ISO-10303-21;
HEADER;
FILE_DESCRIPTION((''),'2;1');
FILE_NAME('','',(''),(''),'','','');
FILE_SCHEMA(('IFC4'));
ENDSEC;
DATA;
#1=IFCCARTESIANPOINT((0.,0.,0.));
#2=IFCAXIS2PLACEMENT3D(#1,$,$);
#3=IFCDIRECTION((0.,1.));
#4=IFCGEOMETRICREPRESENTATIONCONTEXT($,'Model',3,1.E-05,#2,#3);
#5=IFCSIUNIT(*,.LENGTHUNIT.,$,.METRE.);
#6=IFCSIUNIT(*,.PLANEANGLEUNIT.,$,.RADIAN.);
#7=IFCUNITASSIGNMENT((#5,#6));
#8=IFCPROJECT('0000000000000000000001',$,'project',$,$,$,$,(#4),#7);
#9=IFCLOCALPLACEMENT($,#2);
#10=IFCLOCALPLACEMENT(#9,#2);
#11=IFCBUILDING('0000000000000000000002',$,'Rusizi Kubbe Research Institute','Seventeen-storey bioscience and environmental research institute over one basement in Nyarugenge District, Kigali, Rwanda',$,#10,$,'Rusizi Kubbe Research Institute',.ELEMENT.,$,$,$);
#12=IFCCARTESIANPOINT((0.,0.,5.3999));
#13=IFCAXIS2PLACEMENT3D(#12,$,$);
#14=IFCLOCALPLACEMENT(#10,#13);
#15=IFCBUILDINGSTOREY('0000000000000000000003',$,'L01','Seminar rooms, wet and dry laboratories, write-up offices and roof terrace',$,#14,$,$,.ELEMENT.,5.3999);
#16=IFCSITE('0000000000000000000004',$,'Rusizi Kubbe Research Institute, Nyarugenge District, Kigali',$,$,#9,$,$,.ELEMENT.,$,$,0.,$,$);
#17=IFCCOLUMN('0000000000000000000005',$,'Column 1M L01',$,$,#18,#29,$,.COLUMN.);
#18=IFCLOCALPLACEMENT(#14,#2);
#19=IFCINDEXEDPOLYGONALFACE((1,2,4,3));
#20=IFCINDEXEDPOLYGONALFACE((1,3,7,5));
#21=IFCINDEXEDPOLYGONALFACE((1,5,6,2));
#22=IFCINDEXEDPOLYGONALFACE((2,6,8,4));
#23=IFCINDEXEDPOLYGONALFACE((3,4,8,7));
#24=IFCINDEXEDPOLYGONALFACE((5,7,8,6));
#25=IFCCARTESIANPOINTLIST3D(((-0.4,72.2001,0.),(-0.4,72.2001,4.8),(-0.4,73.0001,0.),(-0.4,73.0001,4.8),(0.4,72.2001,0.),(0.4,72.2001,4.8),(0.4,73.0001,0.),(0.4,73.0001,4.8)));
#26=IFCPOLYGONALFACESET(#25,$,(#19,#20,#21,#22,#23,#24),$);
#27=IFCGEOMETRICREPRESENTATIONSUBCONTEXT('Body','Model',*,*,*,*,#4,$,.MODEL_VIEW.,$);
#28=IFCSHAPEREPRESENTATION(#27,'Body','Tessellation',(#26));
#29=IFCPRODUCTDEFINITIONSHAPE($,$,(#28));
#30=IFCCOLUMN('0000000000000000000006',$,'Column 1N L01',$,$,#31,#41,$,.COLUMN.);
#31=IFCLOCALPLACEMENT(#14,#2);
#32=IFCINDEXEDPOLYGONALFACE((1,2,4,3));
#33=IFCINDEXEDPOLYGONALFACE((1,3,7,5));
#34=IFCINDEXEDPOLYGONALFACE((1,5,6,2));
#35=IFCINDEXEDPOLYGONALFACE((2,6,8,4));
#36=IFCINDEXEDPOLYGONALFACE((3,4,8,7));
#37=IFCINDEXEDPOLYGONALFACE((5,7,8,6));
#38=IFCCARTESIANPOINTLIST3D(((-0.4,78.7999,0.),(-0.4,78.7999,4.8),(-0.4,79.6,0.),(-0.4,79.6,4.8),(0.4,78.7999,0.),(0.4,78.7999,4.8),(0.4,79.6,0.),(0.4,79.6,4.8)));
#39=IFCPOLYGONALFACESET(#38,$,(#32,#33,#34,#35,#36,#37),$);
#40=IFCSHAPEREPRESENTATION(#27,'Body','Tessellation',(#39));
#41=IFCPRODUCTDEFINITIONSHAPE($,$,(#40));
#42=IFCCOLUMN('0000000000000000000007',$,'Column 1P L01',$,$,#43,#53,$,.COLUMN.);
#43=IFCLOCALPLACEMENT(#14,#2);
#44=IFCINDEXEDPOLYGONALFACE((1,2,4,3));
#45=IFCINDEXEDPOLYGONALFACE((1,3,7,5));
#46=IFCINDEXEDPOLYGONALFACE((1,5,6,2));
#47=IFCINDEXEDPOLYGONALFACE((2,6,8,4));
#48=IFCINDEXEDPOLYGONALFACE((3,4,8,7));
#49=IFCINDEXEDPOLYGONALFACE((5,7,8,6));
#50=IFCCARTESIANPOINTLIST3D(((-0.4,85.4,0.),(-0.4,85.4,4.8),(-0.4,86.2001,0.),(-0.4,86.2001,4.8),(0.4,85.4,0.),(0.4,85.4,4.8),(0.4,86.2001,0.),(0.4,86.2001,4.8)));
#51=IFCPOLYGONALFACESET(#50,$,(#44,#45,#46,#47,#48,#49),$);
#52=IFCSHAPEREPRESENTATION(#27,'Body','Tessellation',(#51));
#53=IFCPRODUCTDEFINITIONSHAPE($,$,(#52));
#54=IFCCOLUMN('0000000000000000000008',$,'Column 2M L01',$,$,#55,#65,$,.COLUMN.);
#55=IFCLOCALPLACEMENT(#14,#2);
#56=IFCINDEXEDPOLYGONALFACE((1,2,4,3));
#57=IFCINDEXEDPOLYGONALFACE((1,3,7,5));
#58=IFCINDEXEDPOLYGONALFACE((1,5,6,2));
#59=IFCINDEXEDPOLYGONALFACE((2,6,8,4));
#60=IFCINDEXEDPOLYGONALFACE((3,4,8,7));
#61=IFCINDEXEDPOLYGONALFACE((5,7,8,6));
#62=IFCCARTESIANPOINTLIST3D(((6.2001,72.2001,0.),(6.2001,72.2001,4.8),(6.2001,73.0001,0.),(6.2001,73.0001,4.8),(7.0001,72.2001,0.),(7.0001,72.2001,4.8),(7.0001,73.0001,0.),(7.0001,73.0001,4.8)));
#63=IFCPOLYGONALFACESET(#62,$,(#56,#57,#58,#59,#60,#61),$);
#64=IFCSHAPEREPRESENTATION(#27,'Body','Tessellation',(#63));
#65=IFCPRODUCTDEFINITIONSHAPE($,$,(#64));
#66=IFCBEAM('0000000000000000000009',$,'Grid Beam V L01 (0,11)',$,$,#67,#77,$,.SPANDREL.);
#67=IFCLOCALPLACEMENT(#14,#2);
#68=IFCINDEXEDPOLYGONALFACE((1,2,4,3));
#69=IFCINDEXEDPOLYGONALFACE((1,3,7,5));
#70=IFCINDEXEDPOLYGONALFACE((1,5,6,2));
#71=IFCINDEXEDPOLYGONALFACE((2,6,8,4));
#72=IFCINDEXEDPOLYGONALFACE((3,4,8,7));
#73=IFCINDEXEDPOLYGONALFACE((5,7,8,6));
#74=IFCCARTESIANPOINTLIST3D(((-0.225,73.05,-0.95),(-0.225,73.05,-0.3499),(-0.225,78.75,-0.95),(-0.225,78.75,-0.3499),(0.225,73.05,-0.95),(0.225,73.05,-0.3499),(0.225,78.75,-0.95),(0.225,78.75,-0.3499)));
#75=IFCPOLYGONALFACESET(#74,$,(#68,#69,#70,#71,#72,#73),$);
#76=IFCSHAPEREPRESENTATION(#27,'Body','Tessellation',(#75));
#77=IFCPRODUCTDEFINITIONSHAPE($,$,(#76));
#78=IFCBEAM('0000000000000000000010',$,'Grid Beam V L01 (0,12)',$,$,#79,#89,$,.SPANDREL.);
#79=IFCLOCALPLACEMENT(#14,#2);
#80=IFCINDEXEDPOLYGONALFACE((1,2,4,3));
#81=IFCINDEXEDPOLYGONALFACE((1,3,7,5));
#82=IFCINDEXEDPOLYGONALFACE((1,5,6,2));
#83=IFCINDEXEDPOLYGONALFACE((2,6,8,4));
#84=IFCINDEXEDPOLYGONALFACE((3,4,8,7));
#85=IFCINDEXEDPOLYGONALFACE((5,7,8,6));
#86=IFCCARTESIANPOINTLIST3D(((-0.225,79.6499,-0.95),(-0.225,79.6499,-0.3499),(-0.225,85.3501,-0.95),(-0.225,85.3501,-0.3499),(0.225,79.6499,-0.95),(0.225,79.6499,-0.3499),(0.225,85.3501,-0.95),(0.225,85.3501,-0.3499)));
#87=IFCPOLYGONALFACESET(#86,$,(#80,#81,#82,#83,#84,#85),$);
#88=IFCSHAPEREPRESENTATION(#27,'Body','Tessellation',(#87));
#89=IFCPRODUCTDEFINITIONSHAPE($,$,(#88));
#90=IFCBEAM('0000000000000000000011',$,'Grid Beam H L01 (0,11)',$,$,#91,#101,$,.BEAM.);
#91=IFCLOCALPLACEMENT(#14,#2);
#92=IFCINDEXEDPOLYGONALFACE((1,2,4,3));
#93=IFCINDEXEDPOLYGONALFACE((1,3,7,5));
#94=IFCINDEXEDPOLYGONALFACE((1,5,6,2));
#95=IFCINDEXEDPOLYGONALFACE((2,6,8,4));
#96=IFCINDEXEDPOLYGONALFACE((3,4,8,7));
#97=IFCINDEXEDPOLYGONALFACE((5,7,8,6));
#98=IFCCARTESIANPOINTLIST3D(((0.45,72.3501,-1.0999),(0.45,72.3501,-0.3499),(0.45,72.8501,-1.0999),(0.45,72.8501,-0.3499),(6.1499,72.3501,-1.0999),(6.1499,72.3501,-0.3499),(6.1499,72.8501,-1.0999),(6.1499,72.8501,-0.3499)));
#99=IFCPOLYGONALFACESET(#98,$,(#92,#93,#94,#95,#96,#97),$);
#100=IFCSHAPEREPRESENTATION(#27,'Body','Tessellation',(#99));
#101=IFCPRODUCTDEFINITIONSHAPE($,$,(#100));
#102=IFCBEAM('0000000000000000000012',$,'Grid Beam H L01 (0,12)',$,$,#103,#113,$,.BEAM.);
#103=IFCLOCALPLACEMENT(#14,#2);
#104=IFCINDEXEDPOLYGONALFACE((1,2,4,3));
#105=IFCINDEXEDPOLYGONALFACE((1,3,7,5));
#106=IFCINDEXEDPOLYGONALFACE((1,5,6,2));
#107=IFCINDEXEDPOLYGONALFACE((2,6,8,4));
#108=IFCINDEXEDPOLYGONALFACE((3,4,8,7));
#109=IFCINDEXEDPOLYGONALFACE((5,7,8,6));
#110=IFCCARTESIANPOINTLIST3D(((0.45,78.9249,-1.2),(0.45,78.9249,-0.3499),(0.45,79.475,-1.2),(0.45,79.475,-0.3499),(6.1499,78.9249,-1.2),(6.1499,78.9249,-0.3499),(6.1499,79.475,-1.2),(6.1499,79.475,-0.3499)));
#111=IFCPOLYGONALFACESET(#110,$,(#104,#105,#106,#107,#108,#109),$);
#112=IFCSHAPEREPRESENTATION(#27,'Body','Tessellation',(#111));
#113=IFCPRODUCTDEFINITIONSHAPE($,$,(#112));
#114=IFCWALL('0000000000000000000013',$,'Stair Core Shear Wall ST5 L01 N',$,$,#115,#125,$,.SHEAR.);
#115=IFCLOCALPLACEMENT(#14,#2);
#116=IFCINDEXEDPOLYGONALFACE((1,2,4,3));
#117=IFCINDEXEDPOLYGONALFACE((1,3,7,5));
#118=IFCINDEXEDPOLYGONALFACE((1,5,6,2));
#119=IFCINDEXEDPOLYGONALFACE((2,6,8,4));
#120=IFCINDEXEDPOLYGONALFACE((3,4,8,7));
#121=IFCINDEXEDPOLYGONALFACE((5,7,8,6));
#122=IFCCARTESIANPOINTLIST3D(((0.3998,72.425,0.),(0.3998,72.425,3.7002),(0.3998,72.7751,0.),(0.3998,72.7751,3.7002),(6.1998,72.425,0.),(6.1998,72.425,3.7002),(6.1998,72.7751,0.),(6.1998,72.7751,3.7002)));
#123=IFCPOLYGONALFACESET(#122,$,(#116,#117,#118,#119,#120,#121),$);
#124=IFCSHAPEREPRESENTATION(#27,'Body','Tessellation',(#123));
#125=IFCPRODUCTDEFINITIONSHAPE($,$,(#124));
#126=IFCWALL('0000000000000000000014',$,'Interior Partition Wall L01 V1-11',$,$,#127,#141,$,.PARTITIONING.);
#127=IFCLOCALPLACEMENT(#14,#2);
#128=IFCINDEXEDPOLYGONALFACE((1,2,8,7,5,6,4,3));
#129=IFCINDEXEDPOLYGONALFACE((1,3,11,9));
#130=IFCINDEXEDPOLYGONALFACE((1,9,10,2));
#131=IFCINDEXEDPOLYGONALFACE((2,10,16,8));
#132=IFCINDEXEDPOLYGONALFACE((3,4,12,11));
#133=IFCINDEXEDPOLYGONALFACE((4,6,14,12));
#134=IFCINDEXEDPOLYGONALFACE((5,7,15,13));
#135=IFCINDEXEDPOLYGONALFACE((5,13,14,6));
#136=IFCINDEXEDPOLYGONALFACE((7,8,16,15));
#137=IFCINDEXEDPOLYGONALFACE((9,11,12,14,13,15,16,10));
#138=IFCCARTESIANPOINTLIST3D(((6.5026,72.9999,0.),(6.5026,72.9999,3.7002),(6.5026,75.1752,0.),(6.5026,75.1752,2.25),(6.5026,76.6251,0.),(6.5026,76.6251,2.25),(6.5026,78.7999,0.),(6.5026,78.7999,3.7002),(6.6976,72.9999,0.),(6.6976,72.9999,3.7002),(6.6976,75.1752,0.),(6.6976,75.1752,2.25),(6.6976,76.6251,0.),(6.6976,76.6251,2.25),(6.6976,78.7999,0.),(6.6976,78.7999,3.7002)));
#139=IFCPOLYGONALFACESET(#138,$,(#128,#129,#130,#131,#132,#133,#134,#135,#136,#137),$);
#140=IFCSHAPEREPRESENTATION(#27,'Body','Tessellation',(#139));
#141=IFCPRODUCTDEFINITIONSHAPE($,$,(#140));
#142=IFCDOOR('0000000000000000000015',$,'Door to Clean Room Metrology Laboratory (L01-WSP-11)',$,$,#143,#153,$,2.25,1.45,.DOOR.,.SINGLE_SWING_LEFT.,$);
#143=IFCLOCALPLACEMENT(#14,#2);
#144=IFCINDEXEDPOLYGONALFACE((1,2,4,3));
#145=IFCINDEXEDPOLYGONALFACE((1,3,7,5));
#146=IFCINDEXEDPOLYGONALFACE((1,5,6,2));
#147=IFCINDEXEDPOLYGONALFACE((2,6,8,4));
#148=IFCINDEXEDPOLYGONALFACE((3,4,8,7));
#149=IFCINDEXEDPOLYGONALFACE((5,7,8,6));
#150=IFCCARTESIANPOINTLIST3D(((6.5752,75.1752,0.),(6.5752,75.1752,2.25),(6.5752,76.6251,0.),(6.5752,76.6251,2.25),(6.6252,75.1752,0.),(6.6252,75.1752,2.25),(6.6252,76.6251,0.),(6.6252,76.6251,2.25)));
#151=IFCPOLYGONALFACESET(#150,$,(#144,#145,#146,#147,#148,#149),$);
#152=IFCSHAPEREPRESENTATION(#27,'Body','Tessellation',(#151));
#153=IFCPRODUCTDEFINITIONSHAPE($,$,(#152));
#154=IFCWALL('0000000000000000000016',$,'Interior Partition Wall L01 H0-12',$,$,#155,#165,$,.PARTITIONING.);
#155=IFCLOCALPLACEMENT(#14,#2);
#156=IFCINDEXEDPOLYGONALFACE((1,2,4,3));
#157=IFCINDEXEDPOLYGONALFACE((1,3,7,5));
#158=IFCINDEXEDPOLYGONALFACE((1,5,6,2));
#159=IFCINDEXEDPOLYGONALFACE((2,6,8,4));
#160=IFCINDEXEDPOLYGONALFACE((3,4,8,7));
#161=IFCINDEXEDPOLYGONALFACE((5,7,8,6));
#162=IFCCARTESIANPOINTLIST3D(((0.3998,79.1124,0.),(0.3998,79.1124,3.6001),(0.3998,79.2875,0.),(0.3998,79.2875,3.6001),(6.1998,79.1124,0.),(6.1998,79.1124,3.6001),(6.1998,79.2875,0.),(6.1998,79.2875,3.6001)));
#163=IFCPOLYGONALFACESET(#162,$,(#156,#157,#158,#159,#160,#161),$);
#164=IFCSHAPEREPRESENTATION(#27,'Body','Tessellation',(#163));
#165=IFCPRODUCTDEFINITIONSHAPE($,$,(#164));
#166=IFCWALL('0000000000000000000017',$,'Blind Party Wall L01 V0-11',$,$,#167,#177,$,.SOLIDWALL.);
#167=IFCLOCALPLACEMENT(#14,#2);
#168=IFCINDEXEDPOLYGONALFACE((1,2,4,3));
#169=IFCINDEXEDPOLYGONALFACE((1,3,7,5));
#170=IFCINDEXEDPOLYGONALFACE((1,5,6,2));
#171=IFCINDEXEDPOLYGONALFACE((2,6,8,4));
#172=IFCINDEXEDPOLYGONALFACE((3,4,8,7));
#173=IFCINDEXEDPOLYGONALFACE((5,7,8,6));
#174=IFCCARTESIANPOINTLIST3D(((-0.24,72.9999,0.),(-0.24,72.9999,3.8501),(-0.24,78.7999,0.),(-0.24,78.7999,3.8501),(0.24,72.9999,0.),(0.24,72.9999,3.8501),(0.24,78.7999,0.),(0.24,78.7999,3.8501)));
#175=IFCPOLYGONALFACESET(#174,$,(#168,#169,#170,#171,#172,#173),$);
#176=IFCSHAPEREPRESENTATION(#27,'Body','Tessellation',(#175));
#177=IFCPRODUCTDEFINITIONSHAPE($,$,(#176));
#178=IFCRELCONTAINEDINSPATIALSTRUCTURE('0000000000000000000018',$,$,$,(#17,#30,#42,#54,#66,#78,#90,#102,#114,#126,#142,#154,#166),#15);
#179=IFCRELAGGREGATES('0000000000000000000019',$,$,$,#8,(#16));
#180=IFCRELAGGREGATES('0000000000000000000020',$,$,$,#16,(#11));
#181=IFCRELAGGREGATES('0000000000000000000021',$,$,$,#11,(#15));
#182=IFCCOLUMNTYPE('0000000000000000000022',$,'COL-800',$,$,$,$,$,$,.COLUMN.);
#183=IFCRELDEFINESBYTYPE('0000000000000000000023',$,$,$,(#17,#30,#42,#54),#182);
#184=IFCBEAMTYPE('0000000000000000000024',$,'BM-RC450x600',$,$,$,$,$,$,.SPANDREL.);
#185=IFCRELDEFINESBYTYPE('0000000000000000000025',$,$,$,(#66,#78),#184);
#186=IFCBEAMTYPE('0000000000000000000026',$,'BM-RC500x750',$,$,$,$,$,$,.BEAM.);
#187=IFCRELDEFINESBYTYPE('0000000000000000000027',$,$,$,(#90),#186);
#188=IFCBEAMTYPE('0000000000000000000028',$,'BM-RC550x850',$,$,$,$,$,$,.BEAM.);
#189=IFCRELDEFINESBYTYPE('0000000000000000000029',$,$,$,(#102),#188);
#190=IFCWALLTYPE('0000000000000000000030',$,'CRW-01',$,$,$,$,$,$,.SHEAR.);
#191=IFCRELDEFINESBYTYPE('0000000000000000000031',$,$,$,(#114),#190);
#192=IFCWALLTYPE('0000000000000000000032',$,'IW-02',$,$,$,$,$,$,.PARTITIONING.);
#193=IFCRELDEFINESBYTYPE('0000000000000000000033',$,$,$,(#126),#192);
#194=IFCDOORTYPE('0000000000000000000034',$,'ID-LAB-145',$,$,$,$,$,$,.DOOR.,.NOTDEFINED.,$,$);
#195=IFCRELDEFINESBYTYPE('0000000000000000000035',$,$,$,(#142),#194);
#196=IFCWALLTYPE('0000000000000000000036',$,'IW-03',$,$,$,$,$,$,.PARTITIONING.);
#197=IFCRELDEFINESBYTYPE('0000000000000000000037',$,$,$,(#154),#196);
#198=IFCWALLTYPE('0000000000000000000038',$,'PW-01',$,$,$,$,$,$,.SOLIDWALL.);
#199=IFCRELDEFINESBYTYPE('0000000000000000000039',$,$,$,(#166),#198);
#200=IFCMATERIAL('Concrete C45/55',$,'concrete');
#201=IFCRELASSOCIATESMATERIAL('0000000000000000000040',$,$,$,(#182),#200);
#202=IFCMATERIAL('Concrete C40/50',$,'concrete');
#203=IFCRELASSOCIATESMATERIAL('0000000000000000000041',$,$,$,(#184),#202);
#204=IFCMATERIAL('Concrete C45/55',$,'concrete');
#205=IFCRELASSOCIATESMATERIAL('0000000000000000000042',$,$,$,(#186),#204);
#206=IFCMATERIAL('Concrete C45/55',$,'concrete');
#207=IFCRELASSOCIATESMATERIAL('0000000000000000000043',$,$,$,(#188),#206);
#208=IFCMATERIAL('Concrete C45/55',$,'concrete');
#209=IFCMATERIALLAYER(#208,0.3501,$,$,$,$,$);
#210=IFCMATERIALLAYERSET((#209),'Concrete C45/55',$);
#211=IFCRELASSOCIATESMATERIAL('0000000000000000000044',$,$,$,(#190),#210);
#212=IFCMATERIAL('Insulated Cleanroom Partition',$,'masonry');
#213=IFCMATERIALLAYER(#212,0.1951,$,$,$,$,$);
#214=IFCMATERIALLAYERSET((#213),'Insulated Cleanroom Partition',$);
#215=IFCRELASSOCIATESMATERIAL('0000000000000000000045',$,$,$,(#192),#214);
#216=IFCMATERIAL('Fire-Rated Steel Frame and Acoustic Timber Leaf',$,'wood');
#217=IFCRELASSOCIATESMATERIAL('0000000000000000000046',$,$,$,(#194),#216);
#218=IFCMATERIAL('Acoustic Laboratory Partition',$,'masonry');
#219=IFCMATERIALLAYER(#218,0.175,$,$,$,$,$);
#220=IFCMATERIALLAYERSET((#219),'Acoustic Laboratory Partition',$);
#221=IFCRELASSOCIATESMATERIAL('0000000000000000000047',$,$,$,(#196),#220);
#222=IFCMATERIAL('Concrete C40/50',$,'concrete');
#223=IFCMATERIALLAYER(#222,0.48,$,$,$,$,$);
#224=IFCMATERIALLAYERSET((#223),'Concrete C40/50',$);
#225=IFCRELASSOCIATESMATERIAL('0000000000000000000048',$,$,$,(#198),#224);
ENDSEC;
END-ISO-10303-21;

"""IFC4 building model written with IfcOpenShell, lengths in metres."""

from ifc_helpers import new_model, si_unit, direction, frame, frame_2d, origin, origin_2d, place, context, subcontext, project, spatial, rectangle, extrude, material, layer, layer_set, material_profile, profile_set, type_object, element, fill, save


model = new_model("IFC4")

# Units and contexts
model_context = context("Model", 3, precision=1e-05, world=origin(), true_north=direction((0.0, 1.0)))
body_context = subcontext(model_context, "Body", "Model", "MODEL_VIEW")
ifc_project = project(units=[si_unit("LENGTHUNIT", "METRE"), si_unit("PLANEANGLEUNIT", "RADIAN")], contexts=[model_context])

# Site, building, storey
site_placement = place(None, origin())
site = spatial("IfcSite", under=ifc_project, at=site_placement, Name="Rusizi Kubbe Research Institute, Nyarugenge District, Kigali", CompositionType="ELEMENT", RefElevation=0.0)
building_placement = place(site_placement, origin())
building = spatial("IfcBuilding", under=site, at=building_placement, Name="Rusizi Kubbe Research Institute", Description="Seventeen-storey bioscience and environmental research institute over one basement in Nyarugenge District, Kigali, Rwanda", LongName="Rusizi Kubbe Research Institute", CompositionType="ELEMENT")
storey_placement = place(building_placement, frame((0.0, 0.0, 5.3999)))
storey = spatial("IfcBuildingStorey", under=building, at=storey_placement, Name="L01", Description="Seminar rooms, wet and dry laboratories, write-up offices and roof terrace", CompositionType="ELEMENT", Elevation=5.3999)

# Columns
ifc_material_1 = material(Name="Concrete C45/55", Category="concrete")
ifc_material_profile_1 = material_profile(ifc_material_1, rectangle(XDim=0.8, YDim=0.8, at=origin_2d()), Name="RC800x800")
ifc_profile_set_1 = profile_set([ifc_material_profile_1], Name="Concrete C45/55")
column_type = type_object("IfcColumnType", Name="COL-800", PredefinedType="COLUMN", material=ifc_profile_set_1)
for number, where, z_axis, x_axis, name in (
    (1, (0.0, 72.6001, 0.0), (0.0, 0.0, 1.0), (1.0, 0.0, 0.0), "Column 1M L01"),
    (2, (0.0, 79.2, 0.0), (0.0, 0.0, 1.0), (1.0, 0.0, 0.0), "Column 1N L01"),
    (3, (0.0, 85.8, 0.0), (0.0, 0.0, 1.0), (1.0, 0.0, 0.0), "Column 1P L01"),
    (4, (6.6001, 72.6001, 0.0), (0.0, 0.0, 1.0), (1.0, 0.0, 0.0), "Column 2M L01"),
):
    element("IfcColumn", number, at=place(storey_placement, frame(where, z_axis=z_axis, x_axis=x_axis)), inside=storey, type_object=column_type, Name=name, PredefinedType="COLUMN", context=body_context, shape_type="SweptSolid", body=[
        extrude(rectangle(XDim=0.8, YDim=0.8, at=origin_2d()), origin(), (0.0, 0.0, 1.0), 4.8),
    ])

# Beams
ifc_material_2 = material(Name="Concrete C40/50", Category="concrete")
ifc_material_profile_2 = material_profile(ifc_material_2, rectangle(XDim=0.45, YDim=0.6001, at=origin_2d()), Name="RC450x600")
ifc_profile_set_2 = profile_set([ifc_material_profile_2], Name="Concrete C40/50")
beam_type_1 = type_object("IfcBeamType", Name="BM-RC450x600", PredefinedType="SPANDREL", material=ifc_profile_set_2)
beam_1_placement = place(storey_placement, frame((0.0, 73.05, -0.6499), z_axis=(0.0, 1.0, 0.0), x_axis=(-1.0, 0.0, 0.0)))
element("IfcBeam", 5, at=beam_1_placement, inside=storey, type_object=beam_type_1, Name="Grid Beam V L01 (0,11)", PredefinedType="SPANDREL", context=body_context, shape_type="SweptSolid", body=[
    extrude(rectangle(XDim=0.45, YDim=0.6001, at=origin_2d()), origin(), (0.0, 0.0, 1.0), 5.7),
])
beam_2_placement = place(storey_placement, frame((0.0, 79.6499, -0.6499), z_axis=(0.0, 1.0, 0.0), x_axis=(-1.0, 0.0, 0.0)))
element("IfcBeam", 6, at=beam_2_placement, inside=storey, type_object=beam_type_1, Name="Grid Beam V L01 (0,12)", PredefinedType="SPANDREL", context=body_context, shape_type="SweptSolid", body=[
    extrude(rectangle(XDim=0.45, YDim=0.6001, at=origin_2d()), origin(), (0.0, 0.0, 1.0), 5.7002),
])
ifc_material_3 = material(Name="Concrete C45/55", Category="concrete")
ifc_material_profile_3 = material_profile(ifc_material_3, rectangle(XDim=0.5, YDim=0.75, at=origin_2d()), Name="RC500x750B")
ifc_profile_set_3 = profile_set([ifc_material_profile_3], Name="Concrete C45/55")
beam_type_2 = type_object("IfcBeamType", Name="BM-RC500x750", PredefinedType="BEAM", material=ifc_profile_set_3)
beam_3_placement = place(storey_placement, frame((0.45, 72.6001, -0.7249), z_axis=(1.0, 0.0, 0.0), x_axis=(0.0, 1.0, 0.0)))
element("IfcBeam", 7, at=beam_3_placement, inside=storey, type_object=beam_type_2, Name="Grid Beam H L01 (0,11)", PredefinedType="BEAM", context=body_context, shape_type="SweptSolid", body=[
    extrude(rectangle(XDim=0.5, YDim=0.75, at=origin_2d()), origin(), (0.0, 0.0, 1.0), 5.7),
])
ifc_material_4 = material(Name="Concrete C45/55", Category="concrete")
ifc_material_profile_4 = material_profile(ifc_material_4, rectangle(XDim=0.55, YDim=0.8501, at=origin_2d()), Name="RC550x850")
ifc_profile_set_4 = profile_set([ifc_material_profile_4], Name="Concrete C45/55")
beam_type_3 = type_object("IfcBeamType", Name="BM-RC550x850", PredefinedType="BEAM", material=ifc_profile_set_4)
beam_4_placement = place(storey_placement, frame((0.45, 79.2, -0.7749), z_axis=(1.0, 0.0, 0.0), x_axis=(0.0, 1.0, 0.0)))
element("IfcBeam", 8, at=beam_4_placement, inside=storey, type_object=beam_type_3, Name="Grid Beam H L01 (0,12)", PredefinedType="BEAM", context=body_context, shape_type="SweptSolid", body=[
    extrude(rectangle(XDim=0.55, YDim=0.8501, at=origin_2d()), origin(), (0.0, 0.0, 1.0), 5.7),
])

# Wall
ifc_material_5 = material(Name="Concrete C45/55", Category="concrete")
ifc_layer_1 = layer(ifc_material_5, 0.3501)
ifc_layer_set_1 = layer_set([ifc_layer_1], Name="Concrete C45/55")
wall_type_1 = type_object("IfcWallType", Name="CRW-01", PredefinedType="SHEAR", material=ifc_layer_set_1)
wall_1_placement = place(storey_placement, frame((0.3999, 72.6001, 0.0), z_axis=(0.0, 0.0, 1.0), x_axis=(1.0, 0.0, 0.0)))
element("IfcWall", 9, at=wall_1_placement, inside=storey, type_object=wall_type_1, Name="Stair Core Shear Wall ST5 L01 N", PredefinedType="SHEAR", context=body_context, shape_type="SweptSolid", body=[
    extrude(rectangle(XDim=5.8, YDim=0.3501, at=frame_2d((2.8999, 0.0))), origin(), (0.0, 0.0, 1.0), 3.7002),
])

# Wall, opening, door
ifc_material_6 = material(Name="Insulated Cleanroom Partition", Category="masonry")
ifc_layer_2 = layer(ifc_material_6, 0.1951)
ifc_layer_set_2 = layer_set([ifc_layer_2], Name="Insulated Cleanroom Partition")
wall_type_2 = type_object("IfcWallType", Name="IW-02", PredefinedType="PARTITIONING", material=ifc_layer_set_2)
wall_2_placement = place(storey_placement, frame((6.6001, 73.0, 0.0), z_axis=(0.0, 0.0, 1.0), x_axis=(0.0, 1.0, 0.0)))
wall_2 = element("IfcWall", 10, at=wall_2_placement, inside=storey, type_object=wall_type_2, Name="Interior Partition Wall L01 V1-11", PredefinedType="PARTITIONING", context=body_context, shape_type="SweptSolid", body=[
    extrude(rectangle(XDim=5.8, YDim=0.1951, at=frame_2d((2.8999, 0.0))), origin(), (0.0, 0.0, 1.0), 3.7002),
])
opening_placement = place(wall_2_placement, frame((2.175, 0.0, 0.0)))
opening = element("IfcOpeningElement", 11, at=opening_placement, cuts=wall_2, PredefinedType="OPENING", context=body_context, shape_type="SweptSolid", body=[
    extrude(rectangle(XDim=1.45, YDim=2.25, at=frame_2d((0.7251, 1.125))), frame((0.0, 0.1074, 0.0), z_axis=(0.0, -1.0, 0.0), x_axis=(1.0, 0.0, 0.0)), (0.0, 0.0, 1.0), 0.2151),
])
ifc_material_7 = material(Name="Fire-Rated Steel Frame and Acoustic Timber Leaf", Category="wood")
door_type = type_object("IfcDoorType", Name="ID-LAB-145", OperationType="NOTDEFINED", PredefinedType="DOOR", material=ifc_material_7)
door_placement = place(opening_placement, origin())
door = element("IfcDoor", 12, at=door_placement, inside=storey, type_object=door_type, Name="Door to Clean Room Metrology Laboratory (L01-WSP-11)", OperationType="SINGLE_SWING_LEFT", OverallHeight=2.25, OverallWidth=1.45, PredefinedType="DOOR", context=body_context, shape_type="SweptSolid", body=[
    extrude(rectangle(XDim=1.45, YDim=2.25, at=frame_2d((0.7251, 1.125))), frame((0.0, 0.0249, 0.0), z_axis=(0.0, -1.0, 0.0), x_axis=(1.0, 0.0, 0.0)), (0.0, 0.0, 1.0), 0.05),
])
fill(opening, door)

# Walls
ifc_material_8 = material(Name="Acoustic Laboratory Partition", Category="masonry")
ifc_layer_3 = layer(ifc_material_8, 0.175)
ifc_layer_set_3 = layer_set([ifc_layer_3], Name="Acoustic Laboratory Partition")
wall_type_3 = type_object("IfcWallType", Name="IW-03", PredefinedType="PARTITIONING", material=ifc_layer_set_3)
wall_3_placement = place(storey_placement, frame((0.3999, 79.2, 0.0), z_axis=(0.0, 0.0, 1.0), x_axis=(1.0, 0.0, 0.0)))
element("IfcWall", 13, at=wall_3_placement, inside=storey, type_object=wall_type_3, Name="Interior Partition Wall L01 H0-12", PredefinedType="PARTITIONING", context=body_context, shape_type="SweptSolid", body=[
    extrude(rectangle(XDim=5.8, YDim=0.175, at=frame_2d((2.8999, 0.0))), origin(), (0.0, 0.0, 1.0), 3.6001),
])
ifc_material_9 = material(Name="Concrete C40/50", Category="concrete")
ifc_layer_4 = layer(ifc_material_9, 0.48)
ifc_layer_set_4 = layer_set([ifc_layer_4], Name="Concrete C40/50")
wall_type_4 = type_object("IfcWallType", Name="PW-01", PredefinedType="SOLIDWALL", material=ifc_layer_set_4)
wall_4_placement = place(storey_placement, frame((0.0, 73.0, 0.0), z_axis=(0.0, 0.0, 1.0), x_axis=(0.0, 1.0, 0.0)))
element("IfcWall", 14, at=wall_4_placement, inside=storey, type_object=wall_type_4, Name="Blind Party Wall L01 V0-11", PredefinedType="SOLIDWALL", context=body_context, shape_type="SweptSolid", body=[
    extrude(rectangle(XDim=5.8, YDim=0.48, at=frame_2d((2.8999, 0.0))), origin(), (0.0, 0.0, 1.0), 3.8501),
])

save(model, "model.ifc")
